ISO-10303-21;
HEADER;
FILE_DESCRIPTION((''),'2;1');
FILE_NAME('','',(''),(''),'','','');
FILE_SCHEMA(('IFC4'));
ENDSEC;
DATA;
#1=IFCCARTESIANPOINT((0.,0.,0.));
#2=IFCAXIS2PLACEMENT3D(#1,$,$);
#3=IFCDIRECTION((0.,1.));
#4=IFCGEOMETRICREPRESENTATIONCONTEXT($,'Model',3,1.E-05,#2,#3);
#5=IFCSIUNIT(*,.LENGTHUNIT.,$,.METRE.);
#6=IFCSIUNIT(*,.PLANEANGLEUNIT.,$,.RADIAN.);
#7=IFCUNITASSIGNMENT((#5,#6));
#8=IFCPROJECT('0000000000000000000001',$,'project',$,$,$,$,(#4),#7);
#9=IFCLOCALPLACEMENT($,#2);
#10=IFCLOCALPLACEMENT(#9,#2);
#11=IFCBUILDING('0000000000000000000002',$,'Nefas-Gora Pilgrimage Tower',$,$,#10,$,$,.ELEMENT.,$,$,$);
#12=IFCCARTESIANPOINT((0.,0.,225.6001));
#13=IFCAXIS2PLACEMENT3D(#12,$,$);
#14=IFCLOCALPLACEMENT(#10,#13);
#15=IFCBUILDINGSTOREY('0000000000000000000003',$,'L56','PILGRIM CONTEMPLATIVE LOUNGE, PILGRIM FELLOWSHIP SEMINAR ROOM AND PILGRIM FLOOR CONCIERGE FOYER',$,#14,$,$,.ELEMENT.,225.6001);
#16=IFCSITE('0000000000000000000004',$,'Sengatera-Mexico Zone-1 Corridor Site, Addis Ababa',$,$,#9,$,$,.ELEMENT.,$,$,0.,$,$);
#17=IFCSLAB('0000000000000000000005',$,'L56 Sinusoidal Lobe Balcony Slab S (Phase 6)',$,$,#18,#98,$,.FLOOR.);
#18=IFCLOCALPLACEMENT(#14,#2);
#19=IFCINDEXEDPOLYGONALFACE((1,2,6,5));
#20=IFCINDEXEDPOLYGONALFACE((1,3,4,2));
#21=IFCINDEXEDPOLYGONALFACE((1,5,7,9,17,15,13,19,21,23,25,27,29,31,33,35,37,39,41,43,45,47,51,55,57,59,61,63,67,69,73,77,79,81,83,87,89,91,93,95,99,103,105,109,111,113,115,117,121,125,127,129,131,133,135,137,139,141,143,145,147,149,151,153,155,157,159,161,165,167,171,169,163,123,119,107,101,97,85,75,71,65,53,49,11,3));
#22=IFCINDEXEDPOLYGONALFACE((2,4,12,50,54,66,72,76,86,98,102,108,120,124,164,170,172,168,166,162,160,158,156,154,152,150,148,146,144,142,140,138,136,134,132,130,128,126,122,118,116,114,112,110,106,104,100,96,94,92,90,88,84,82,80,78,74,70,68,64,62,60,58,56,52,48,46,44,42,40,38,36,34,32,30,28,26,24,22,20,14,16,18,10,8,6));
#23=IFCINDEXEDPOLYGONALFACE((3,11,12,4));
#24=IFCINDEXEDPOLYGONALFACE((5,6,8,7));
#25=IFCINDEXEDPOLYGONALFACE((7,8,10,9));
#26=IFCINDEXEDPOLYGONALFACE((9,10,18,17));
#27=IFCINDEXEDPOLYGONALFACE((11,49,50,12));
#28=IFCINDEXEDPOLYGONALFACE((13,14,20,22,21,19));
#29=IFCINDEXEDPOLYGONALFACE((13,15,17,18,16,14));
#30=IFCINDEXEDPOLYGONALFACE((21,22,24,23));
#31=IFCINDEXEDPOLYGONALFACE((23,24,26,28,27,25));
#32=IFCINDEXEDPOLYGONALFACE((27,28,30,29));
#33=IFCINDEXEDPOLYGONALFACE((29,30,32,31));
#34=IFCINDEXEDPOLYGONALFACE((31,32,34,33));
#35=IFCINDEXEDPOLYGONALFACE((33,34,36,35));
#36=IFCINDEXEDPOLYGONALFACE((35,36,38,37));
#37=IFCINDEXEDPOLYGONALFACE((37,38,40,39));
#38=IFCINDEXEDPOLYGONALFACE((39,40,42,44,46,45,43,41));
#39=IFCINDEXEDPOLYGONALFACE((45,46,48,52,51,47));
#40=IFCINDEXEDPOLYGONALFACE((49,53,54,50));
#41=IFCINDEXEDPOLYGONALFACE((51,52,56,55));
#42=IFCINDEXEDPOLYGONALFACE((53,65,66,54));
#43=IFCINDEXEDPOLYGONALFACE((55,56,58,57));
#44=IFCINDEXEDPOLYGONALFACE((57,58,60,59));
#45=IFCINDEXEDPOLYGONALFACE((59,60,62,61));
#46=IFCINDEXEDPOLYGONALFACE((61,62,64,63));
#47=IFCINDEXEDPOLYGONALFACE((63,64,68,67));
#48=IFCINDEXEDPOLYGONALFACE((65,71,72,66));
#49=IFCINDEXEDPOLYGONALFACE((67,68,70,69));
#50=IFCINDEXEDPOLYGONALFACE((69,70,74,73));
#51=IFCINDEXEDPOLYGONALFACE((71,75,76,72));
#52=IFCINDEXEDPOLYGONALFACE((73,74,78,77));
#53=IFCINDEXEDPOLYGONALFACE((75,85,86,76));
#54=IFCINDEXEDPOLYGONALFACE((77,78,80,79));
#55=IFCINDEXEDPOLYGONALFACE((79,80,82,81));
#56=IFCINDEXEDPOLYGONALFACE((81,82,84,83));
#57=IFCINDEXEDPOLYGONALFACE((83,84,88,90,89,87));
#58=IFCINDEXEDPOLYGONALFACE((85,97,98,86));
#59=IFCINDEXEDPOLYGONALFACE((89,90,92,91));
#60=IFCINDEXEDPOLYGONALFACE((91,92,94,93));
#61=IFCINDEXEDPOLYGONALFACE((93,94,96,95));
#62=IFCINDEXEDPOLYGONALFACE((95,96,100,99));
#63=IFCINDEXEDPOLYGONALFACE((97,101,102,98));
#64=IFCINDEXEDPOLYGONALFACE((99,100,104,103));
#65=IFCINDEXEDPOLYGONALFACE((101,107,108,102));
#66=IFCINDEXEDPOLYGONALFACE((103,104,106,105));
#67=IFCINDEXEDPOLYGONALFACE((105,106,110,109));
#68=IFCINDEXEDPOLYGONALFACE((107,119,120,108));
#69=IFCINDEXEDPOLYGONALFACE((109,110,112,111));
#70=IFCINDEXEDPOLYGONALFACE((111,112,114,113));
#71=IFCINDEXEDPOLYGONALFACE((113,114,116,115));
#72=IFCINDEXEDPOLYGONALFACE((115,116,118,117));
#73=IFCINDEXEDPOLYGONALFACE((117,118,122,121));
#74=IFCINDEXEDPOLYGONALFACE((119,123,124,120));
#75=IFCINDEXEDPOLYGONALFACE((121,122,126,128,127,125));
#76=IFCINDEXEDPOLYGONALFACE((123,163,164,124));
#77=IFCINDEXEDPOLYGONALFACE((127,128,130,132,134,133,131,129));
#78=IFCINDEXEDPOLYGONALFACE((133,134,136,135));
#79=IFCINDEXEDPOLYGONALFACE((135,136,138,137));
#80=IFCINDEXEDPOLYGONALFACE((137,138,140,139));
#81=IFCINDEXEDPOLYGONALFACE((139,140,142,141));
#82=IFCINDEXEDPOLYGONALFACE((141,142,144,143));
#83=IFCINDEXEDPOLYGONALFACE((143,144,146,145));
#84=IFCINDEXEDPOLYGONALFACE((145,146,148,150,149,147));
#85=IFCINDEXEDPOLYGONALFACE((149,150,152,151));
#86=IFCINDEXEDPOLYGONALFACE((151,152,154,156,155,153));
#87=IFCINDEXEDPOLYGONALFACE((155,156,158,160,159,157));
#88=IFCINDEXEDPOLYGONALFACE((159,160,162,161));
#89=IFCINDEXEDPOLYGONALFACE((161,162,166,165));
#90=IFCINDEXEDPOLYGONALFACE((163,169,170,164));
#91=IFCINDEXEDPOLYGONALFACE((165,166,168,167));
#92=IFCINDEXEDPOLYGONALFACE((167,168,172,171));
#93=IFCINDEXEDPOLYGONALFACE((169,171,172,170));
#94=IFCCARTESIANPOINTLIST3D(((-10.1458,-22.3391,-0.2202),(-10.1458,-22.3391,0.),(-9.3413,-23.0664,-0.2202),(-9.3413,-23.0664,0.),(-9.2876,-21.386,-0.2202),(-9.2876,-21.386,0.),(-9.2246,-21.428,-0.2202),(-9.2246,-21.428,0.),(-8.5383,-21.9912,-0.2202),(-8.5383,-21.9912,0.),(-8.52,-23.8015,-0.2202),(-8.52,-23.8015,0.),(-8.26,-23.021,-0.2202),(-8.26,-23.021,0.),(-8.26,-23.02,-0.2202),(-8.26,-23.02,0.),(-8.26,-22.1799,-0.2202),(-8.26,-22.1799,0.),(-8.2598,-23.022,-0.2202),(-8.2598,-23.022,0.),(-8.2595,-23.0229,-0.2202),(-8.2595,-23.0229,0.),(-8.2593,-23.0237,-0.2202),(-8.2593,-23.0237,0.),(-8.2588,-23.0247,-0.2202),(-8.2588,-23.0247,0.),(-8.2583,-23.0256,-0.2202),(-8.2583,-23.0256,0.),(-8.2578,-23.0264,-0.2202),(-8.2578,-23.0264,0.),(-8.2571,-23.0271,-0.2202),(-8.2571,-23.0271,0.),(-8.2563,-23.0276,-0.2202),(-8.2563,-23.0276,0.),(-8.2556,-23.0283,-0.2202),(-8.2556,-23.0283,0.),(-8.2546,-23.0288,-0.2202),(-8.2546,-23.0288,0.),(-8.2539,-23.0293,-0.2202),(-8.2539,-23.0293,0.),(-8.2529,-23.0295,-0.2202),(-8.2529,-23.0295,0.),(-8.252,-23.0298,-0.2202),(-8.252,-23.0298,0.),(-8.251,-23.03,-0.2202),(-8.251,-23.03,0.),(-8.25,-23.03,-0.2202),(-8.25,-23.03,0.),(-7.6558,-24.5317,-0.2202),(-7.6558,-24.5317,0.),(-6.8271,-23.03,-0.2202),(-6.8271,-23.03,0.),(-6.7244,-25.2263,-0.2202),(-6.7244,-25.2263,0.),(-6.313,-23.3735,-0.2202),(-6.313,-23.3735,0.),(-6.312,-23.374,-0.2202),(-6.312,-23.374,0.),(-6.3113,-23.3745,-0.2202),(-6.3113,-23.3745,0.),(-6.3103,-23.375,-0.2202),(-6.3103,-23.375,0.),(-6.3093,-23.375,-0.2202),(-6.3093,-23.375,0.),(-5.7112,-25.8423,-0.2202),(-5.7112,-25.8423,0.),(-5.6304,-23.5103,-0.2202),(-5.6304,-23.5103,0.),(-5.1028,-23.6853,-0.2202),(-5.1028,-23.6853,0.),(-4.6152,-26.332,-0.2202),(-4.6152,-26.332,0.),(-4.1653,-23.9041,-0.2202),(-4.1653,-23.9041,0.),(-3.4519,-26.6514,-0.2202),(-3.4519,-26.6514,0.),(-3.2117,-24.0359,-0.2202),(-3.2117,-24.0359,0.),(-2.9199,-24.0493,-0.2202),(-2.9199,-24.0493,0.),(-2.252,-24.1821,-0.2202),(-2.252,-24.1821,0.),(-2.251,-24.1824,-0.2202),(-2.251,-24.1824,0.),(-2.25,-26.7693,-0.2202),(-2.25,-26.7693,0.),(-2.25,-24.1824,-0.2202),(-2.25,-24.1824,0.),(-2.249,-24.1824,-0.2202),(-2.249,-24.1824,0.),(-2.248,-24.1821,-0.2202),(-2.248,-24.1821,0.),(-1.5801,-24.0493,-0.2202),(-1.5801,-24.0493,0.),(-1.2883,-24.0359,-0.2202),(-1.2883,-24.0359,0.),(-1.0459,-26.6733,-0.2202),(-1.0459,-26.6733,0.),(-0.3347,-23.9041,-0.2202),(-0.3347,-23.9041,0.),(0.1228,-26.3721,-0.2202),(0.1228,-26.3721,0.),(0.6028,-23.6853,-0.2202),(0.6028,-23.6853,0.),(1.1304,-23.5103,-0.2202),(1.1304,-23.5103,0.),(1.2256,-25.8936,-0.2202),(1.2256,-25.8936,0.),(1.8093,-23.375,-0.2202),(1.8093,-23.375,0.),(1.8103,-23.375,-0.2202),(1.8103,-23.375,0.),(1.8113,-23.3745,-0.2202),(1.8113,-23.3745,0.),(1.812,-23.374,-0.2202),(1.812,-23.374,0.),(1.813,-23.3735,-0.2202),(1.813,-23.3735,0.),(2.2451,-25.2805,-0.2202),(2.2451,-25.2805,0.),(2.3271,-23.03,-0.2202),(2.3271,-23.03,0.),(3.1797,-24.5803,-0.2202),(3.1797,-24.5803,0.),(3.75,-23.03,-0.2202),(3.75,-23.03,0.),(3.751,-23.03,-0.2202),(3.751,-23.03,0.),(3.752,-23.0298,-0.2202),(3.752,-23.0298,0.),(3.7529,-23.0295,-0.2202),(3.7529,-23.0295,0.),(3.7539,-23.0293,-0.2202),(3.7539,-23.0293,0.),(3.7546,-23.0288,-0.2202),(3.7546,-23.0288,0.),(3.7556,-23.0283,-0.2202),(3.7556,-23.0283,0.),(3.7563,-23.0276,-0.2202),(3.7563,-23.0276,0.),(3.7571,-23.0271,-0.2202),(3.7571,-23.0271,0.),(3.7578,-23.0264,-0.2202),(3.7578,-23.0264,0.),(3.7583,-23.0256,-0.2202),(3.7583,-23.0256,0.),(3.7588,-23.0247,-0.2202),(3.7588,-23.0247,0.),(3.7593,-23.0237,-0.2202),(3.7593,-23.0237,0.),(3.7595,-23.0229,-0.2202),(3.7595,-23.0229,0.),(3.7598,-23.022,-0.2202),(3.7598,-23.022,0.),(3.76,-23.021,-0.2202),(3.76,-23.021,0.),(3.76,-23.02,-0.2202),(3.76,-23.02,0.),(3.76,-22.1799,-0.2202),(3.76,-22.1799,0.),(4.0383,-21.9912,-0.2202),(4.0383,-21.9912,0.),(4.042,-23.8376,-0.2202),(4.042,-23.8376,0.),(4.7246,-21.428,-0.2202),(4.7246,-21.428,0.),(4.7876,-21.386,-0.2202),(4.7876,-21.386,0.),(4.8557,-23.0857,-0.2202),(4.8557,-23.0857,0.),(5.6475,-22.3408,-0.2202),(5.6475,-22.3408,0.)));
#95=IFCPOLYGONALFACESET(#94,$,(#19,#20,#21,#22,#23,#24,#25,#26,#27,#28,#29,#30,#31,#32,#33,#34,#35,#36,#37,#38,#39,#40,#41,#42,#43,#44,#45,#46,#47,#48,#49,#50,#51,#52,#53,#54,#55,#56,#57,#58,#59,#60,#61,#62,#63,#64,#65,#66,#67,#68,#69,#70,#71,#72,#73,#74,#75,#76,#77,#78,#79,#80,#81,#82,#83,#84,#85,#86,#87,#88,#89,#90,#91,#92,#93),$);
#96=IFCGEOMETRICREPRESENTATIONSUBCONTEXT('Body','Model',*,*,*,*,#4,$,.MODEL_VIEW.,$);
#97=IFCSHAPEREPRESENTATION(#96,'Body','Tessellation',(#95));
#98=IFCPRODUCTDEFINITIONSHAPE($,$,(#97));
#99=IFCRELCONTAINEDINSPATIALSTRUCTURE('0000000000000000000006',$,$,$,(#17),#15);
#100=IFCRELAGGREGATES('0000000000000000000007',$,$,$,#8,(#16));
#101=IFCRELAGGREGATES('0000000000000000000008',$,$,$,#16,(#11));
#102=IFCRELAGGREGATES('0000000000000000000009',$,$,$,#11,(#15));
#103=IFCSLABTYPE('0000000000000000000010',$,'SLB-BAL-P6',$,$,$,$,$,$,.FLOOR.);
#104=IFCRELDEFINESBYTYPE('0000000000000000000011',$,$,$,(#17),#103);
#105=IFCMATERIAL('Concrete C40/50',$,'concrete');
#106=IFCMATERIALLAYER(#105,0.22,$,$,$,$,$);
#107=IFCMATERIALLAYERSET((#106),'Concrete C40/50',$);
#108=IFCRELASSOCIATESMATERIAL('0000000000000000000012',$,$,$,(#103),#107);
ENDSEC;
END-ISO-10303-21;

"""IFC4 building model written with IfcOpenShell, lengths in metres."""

from ifc_helpers import new_model, si_unit, direction, frame, origin, place, context, subcontext, project, spatial, polyline, outline, extrude, material, layer, layer_set, type_object, element, save


model = new_model("IFC4")

# Units and contexts
model_context = context("Model", 3, precision=1e-05, world=origin(), true_north=direction((0.0, 1.0)))
body_context = subcontext(model_context, "Body", "Model", "MODEL_VIEW")
ifc_project = project(units=[si_unit("LENGTHUNIT", "METRE"), si_unit("PLANEANGLEUNIT", "RADIAN")], contexts=[model_context])

# Site, building, storey
site_placement = place(None, origin())
site = spatial("IfcSite", under=ifc_project, at=site_placement, Name="Sengatera-Mexico Zone-1 Corridor Site, Addis Ababa", CompositionType="ELEMENT", RefElevation=0.0)
building_placement = place(site_placement, origin())
building = spatial("IfcBuilding", under=site, at=building_placement, Name="Nefas-Gora Pilgrimage Tower", CompositionType="ELEMENT")
storey_placement = place(building_placement, frame((0.0, 0.0, 225.6001)))
storey = spatial("IfcBuildingStorey", under=building, at=storey_placement, Name="L56", Description="PILGRIM CONTEMPLATIVE LOUNGE, PILGRIM FELLOWSHIP SEMINAR ROOM AND PILGRIM FLOOR CONCIERGE FOYER", CompositionType="ELEMENT", Elevation=225.6001)

# Slab
ifc_material_1 = material(Name="Concrete C40/50", Category="concrete")
ifc_layer_1 = layer(ifc_material_1, 0.22)
ifc_layer_set_1 = layer_set([ifc_layer_1], Name="Concrete C40/50")
slab_type_1 = type_object("IfcSlabType", Name="SLB-BAL-P6", PredefinedType="FLOOR", material=ifc_layer_set_1)
slab_1_placement = place(storey_placement, frame((0.0, 0.0, -0.2202)))
element("IfcSlab", 1, at=slab_1_placement, inside=storey, type_object=slab_type_1, Name="L56 Sinusoidal Lobe Balcony Slab S (Phase 6)", PredefinedType="FLOOR", context=body_context, shape_type="SweptSolid", body=[
    extrude(outline(polyline([(4.7876, -21.386), (4.7246, -21.428), (4.0383, -21.9912), (3.76, -22.1799), (3.76, -23.02), (3.76, -23.021), (3.7598, -23.022), (3.7595, -23.0229), (3.7593, -23.0237), (3.7588, -23.0247), (3.7583, -23.0256), (3.7578, -23.0264), (3.7571, -23.0271), (3.7563, -23.0276), (3.7556, -23.0283), (3.7546, -23.0288), (3.7539, -23.0293), (3.7529, -23.0295), (3.752, -23.0298), (3.751, -23.03), (3.75, -23.03), (2.3271, -23.03), (1.813, -23.3735), (1.812, -23.374), (1.8113, -23.3745), (1.8103, -23.375), (1.8093, -23.375), (1.1304, -23.5103), (0.6028, -23.6853), (-0.3347, -23.9041), (-1.2883, -24.0359), (-1.5801, -24.0493), (-2.248, -24.1821), (-2.249, -24.1824), (-2.25, -24.1824), (-2.251, -24.1824), (-2.252, -24.1821), (-2.9199, -24.0493), (-3.2117, -24.0359), (-4.1653, -23.9041), (-5.1028, -23.6853), (-5.6304, -23.5103), (-6.3093, -23.375), (-6.3103, -23.375), (-6.3113, -23.3745), (-6.312, -23.374), (-6.313, -23.3735), (-6.8271, -23.03), (-8.25, -23.03), (-8.251, -23.03), (-8.252, -23.0298), (-8.2529, -23.0295), (-8.2539, -23.0293), (-8.2546, -23.0288), (-8.2556, -23.0283), (-8.2563, -23.0276), (-8.2571, -23.0271), (-8.2578, -23.0264), (-8.2583, -23.0256), (-8.2588, -23.0247), (-8.2593, -23.0237), (-8.2595, -23.0229), (-8.2598, -23.022), (-8.26, -23.021), (-8.26, -23.02), (-8.26, -22.1799), (-8.5383, -21.9912), (-9.2246, -21.428), (-9.2876, -21.386), (-10.1458, -22.3391), (-9.3413, -23.0664), (-8.52, -23.8015), (-7.6558, -24.5317), (-6.7244, -25.2263), (-5.7112, -25.8423), (-4.6152, -26.332), (-3.4519, -26.6514), (-2.25, -26.7693), (-1.0459, -26.6733), (0.1228, -26.3721), (1.2256, -25.8936), (2.2451, -25.2805), (3.1797, -24.5803), (4.042, -23.8376), (4.8557, -23.0857), (5.6475, -22.3408), (4.7876, -21.386)])), origin(), (0.0, 0.0, 1.0), 0.2202),
])

save(model, "model.ifc")
